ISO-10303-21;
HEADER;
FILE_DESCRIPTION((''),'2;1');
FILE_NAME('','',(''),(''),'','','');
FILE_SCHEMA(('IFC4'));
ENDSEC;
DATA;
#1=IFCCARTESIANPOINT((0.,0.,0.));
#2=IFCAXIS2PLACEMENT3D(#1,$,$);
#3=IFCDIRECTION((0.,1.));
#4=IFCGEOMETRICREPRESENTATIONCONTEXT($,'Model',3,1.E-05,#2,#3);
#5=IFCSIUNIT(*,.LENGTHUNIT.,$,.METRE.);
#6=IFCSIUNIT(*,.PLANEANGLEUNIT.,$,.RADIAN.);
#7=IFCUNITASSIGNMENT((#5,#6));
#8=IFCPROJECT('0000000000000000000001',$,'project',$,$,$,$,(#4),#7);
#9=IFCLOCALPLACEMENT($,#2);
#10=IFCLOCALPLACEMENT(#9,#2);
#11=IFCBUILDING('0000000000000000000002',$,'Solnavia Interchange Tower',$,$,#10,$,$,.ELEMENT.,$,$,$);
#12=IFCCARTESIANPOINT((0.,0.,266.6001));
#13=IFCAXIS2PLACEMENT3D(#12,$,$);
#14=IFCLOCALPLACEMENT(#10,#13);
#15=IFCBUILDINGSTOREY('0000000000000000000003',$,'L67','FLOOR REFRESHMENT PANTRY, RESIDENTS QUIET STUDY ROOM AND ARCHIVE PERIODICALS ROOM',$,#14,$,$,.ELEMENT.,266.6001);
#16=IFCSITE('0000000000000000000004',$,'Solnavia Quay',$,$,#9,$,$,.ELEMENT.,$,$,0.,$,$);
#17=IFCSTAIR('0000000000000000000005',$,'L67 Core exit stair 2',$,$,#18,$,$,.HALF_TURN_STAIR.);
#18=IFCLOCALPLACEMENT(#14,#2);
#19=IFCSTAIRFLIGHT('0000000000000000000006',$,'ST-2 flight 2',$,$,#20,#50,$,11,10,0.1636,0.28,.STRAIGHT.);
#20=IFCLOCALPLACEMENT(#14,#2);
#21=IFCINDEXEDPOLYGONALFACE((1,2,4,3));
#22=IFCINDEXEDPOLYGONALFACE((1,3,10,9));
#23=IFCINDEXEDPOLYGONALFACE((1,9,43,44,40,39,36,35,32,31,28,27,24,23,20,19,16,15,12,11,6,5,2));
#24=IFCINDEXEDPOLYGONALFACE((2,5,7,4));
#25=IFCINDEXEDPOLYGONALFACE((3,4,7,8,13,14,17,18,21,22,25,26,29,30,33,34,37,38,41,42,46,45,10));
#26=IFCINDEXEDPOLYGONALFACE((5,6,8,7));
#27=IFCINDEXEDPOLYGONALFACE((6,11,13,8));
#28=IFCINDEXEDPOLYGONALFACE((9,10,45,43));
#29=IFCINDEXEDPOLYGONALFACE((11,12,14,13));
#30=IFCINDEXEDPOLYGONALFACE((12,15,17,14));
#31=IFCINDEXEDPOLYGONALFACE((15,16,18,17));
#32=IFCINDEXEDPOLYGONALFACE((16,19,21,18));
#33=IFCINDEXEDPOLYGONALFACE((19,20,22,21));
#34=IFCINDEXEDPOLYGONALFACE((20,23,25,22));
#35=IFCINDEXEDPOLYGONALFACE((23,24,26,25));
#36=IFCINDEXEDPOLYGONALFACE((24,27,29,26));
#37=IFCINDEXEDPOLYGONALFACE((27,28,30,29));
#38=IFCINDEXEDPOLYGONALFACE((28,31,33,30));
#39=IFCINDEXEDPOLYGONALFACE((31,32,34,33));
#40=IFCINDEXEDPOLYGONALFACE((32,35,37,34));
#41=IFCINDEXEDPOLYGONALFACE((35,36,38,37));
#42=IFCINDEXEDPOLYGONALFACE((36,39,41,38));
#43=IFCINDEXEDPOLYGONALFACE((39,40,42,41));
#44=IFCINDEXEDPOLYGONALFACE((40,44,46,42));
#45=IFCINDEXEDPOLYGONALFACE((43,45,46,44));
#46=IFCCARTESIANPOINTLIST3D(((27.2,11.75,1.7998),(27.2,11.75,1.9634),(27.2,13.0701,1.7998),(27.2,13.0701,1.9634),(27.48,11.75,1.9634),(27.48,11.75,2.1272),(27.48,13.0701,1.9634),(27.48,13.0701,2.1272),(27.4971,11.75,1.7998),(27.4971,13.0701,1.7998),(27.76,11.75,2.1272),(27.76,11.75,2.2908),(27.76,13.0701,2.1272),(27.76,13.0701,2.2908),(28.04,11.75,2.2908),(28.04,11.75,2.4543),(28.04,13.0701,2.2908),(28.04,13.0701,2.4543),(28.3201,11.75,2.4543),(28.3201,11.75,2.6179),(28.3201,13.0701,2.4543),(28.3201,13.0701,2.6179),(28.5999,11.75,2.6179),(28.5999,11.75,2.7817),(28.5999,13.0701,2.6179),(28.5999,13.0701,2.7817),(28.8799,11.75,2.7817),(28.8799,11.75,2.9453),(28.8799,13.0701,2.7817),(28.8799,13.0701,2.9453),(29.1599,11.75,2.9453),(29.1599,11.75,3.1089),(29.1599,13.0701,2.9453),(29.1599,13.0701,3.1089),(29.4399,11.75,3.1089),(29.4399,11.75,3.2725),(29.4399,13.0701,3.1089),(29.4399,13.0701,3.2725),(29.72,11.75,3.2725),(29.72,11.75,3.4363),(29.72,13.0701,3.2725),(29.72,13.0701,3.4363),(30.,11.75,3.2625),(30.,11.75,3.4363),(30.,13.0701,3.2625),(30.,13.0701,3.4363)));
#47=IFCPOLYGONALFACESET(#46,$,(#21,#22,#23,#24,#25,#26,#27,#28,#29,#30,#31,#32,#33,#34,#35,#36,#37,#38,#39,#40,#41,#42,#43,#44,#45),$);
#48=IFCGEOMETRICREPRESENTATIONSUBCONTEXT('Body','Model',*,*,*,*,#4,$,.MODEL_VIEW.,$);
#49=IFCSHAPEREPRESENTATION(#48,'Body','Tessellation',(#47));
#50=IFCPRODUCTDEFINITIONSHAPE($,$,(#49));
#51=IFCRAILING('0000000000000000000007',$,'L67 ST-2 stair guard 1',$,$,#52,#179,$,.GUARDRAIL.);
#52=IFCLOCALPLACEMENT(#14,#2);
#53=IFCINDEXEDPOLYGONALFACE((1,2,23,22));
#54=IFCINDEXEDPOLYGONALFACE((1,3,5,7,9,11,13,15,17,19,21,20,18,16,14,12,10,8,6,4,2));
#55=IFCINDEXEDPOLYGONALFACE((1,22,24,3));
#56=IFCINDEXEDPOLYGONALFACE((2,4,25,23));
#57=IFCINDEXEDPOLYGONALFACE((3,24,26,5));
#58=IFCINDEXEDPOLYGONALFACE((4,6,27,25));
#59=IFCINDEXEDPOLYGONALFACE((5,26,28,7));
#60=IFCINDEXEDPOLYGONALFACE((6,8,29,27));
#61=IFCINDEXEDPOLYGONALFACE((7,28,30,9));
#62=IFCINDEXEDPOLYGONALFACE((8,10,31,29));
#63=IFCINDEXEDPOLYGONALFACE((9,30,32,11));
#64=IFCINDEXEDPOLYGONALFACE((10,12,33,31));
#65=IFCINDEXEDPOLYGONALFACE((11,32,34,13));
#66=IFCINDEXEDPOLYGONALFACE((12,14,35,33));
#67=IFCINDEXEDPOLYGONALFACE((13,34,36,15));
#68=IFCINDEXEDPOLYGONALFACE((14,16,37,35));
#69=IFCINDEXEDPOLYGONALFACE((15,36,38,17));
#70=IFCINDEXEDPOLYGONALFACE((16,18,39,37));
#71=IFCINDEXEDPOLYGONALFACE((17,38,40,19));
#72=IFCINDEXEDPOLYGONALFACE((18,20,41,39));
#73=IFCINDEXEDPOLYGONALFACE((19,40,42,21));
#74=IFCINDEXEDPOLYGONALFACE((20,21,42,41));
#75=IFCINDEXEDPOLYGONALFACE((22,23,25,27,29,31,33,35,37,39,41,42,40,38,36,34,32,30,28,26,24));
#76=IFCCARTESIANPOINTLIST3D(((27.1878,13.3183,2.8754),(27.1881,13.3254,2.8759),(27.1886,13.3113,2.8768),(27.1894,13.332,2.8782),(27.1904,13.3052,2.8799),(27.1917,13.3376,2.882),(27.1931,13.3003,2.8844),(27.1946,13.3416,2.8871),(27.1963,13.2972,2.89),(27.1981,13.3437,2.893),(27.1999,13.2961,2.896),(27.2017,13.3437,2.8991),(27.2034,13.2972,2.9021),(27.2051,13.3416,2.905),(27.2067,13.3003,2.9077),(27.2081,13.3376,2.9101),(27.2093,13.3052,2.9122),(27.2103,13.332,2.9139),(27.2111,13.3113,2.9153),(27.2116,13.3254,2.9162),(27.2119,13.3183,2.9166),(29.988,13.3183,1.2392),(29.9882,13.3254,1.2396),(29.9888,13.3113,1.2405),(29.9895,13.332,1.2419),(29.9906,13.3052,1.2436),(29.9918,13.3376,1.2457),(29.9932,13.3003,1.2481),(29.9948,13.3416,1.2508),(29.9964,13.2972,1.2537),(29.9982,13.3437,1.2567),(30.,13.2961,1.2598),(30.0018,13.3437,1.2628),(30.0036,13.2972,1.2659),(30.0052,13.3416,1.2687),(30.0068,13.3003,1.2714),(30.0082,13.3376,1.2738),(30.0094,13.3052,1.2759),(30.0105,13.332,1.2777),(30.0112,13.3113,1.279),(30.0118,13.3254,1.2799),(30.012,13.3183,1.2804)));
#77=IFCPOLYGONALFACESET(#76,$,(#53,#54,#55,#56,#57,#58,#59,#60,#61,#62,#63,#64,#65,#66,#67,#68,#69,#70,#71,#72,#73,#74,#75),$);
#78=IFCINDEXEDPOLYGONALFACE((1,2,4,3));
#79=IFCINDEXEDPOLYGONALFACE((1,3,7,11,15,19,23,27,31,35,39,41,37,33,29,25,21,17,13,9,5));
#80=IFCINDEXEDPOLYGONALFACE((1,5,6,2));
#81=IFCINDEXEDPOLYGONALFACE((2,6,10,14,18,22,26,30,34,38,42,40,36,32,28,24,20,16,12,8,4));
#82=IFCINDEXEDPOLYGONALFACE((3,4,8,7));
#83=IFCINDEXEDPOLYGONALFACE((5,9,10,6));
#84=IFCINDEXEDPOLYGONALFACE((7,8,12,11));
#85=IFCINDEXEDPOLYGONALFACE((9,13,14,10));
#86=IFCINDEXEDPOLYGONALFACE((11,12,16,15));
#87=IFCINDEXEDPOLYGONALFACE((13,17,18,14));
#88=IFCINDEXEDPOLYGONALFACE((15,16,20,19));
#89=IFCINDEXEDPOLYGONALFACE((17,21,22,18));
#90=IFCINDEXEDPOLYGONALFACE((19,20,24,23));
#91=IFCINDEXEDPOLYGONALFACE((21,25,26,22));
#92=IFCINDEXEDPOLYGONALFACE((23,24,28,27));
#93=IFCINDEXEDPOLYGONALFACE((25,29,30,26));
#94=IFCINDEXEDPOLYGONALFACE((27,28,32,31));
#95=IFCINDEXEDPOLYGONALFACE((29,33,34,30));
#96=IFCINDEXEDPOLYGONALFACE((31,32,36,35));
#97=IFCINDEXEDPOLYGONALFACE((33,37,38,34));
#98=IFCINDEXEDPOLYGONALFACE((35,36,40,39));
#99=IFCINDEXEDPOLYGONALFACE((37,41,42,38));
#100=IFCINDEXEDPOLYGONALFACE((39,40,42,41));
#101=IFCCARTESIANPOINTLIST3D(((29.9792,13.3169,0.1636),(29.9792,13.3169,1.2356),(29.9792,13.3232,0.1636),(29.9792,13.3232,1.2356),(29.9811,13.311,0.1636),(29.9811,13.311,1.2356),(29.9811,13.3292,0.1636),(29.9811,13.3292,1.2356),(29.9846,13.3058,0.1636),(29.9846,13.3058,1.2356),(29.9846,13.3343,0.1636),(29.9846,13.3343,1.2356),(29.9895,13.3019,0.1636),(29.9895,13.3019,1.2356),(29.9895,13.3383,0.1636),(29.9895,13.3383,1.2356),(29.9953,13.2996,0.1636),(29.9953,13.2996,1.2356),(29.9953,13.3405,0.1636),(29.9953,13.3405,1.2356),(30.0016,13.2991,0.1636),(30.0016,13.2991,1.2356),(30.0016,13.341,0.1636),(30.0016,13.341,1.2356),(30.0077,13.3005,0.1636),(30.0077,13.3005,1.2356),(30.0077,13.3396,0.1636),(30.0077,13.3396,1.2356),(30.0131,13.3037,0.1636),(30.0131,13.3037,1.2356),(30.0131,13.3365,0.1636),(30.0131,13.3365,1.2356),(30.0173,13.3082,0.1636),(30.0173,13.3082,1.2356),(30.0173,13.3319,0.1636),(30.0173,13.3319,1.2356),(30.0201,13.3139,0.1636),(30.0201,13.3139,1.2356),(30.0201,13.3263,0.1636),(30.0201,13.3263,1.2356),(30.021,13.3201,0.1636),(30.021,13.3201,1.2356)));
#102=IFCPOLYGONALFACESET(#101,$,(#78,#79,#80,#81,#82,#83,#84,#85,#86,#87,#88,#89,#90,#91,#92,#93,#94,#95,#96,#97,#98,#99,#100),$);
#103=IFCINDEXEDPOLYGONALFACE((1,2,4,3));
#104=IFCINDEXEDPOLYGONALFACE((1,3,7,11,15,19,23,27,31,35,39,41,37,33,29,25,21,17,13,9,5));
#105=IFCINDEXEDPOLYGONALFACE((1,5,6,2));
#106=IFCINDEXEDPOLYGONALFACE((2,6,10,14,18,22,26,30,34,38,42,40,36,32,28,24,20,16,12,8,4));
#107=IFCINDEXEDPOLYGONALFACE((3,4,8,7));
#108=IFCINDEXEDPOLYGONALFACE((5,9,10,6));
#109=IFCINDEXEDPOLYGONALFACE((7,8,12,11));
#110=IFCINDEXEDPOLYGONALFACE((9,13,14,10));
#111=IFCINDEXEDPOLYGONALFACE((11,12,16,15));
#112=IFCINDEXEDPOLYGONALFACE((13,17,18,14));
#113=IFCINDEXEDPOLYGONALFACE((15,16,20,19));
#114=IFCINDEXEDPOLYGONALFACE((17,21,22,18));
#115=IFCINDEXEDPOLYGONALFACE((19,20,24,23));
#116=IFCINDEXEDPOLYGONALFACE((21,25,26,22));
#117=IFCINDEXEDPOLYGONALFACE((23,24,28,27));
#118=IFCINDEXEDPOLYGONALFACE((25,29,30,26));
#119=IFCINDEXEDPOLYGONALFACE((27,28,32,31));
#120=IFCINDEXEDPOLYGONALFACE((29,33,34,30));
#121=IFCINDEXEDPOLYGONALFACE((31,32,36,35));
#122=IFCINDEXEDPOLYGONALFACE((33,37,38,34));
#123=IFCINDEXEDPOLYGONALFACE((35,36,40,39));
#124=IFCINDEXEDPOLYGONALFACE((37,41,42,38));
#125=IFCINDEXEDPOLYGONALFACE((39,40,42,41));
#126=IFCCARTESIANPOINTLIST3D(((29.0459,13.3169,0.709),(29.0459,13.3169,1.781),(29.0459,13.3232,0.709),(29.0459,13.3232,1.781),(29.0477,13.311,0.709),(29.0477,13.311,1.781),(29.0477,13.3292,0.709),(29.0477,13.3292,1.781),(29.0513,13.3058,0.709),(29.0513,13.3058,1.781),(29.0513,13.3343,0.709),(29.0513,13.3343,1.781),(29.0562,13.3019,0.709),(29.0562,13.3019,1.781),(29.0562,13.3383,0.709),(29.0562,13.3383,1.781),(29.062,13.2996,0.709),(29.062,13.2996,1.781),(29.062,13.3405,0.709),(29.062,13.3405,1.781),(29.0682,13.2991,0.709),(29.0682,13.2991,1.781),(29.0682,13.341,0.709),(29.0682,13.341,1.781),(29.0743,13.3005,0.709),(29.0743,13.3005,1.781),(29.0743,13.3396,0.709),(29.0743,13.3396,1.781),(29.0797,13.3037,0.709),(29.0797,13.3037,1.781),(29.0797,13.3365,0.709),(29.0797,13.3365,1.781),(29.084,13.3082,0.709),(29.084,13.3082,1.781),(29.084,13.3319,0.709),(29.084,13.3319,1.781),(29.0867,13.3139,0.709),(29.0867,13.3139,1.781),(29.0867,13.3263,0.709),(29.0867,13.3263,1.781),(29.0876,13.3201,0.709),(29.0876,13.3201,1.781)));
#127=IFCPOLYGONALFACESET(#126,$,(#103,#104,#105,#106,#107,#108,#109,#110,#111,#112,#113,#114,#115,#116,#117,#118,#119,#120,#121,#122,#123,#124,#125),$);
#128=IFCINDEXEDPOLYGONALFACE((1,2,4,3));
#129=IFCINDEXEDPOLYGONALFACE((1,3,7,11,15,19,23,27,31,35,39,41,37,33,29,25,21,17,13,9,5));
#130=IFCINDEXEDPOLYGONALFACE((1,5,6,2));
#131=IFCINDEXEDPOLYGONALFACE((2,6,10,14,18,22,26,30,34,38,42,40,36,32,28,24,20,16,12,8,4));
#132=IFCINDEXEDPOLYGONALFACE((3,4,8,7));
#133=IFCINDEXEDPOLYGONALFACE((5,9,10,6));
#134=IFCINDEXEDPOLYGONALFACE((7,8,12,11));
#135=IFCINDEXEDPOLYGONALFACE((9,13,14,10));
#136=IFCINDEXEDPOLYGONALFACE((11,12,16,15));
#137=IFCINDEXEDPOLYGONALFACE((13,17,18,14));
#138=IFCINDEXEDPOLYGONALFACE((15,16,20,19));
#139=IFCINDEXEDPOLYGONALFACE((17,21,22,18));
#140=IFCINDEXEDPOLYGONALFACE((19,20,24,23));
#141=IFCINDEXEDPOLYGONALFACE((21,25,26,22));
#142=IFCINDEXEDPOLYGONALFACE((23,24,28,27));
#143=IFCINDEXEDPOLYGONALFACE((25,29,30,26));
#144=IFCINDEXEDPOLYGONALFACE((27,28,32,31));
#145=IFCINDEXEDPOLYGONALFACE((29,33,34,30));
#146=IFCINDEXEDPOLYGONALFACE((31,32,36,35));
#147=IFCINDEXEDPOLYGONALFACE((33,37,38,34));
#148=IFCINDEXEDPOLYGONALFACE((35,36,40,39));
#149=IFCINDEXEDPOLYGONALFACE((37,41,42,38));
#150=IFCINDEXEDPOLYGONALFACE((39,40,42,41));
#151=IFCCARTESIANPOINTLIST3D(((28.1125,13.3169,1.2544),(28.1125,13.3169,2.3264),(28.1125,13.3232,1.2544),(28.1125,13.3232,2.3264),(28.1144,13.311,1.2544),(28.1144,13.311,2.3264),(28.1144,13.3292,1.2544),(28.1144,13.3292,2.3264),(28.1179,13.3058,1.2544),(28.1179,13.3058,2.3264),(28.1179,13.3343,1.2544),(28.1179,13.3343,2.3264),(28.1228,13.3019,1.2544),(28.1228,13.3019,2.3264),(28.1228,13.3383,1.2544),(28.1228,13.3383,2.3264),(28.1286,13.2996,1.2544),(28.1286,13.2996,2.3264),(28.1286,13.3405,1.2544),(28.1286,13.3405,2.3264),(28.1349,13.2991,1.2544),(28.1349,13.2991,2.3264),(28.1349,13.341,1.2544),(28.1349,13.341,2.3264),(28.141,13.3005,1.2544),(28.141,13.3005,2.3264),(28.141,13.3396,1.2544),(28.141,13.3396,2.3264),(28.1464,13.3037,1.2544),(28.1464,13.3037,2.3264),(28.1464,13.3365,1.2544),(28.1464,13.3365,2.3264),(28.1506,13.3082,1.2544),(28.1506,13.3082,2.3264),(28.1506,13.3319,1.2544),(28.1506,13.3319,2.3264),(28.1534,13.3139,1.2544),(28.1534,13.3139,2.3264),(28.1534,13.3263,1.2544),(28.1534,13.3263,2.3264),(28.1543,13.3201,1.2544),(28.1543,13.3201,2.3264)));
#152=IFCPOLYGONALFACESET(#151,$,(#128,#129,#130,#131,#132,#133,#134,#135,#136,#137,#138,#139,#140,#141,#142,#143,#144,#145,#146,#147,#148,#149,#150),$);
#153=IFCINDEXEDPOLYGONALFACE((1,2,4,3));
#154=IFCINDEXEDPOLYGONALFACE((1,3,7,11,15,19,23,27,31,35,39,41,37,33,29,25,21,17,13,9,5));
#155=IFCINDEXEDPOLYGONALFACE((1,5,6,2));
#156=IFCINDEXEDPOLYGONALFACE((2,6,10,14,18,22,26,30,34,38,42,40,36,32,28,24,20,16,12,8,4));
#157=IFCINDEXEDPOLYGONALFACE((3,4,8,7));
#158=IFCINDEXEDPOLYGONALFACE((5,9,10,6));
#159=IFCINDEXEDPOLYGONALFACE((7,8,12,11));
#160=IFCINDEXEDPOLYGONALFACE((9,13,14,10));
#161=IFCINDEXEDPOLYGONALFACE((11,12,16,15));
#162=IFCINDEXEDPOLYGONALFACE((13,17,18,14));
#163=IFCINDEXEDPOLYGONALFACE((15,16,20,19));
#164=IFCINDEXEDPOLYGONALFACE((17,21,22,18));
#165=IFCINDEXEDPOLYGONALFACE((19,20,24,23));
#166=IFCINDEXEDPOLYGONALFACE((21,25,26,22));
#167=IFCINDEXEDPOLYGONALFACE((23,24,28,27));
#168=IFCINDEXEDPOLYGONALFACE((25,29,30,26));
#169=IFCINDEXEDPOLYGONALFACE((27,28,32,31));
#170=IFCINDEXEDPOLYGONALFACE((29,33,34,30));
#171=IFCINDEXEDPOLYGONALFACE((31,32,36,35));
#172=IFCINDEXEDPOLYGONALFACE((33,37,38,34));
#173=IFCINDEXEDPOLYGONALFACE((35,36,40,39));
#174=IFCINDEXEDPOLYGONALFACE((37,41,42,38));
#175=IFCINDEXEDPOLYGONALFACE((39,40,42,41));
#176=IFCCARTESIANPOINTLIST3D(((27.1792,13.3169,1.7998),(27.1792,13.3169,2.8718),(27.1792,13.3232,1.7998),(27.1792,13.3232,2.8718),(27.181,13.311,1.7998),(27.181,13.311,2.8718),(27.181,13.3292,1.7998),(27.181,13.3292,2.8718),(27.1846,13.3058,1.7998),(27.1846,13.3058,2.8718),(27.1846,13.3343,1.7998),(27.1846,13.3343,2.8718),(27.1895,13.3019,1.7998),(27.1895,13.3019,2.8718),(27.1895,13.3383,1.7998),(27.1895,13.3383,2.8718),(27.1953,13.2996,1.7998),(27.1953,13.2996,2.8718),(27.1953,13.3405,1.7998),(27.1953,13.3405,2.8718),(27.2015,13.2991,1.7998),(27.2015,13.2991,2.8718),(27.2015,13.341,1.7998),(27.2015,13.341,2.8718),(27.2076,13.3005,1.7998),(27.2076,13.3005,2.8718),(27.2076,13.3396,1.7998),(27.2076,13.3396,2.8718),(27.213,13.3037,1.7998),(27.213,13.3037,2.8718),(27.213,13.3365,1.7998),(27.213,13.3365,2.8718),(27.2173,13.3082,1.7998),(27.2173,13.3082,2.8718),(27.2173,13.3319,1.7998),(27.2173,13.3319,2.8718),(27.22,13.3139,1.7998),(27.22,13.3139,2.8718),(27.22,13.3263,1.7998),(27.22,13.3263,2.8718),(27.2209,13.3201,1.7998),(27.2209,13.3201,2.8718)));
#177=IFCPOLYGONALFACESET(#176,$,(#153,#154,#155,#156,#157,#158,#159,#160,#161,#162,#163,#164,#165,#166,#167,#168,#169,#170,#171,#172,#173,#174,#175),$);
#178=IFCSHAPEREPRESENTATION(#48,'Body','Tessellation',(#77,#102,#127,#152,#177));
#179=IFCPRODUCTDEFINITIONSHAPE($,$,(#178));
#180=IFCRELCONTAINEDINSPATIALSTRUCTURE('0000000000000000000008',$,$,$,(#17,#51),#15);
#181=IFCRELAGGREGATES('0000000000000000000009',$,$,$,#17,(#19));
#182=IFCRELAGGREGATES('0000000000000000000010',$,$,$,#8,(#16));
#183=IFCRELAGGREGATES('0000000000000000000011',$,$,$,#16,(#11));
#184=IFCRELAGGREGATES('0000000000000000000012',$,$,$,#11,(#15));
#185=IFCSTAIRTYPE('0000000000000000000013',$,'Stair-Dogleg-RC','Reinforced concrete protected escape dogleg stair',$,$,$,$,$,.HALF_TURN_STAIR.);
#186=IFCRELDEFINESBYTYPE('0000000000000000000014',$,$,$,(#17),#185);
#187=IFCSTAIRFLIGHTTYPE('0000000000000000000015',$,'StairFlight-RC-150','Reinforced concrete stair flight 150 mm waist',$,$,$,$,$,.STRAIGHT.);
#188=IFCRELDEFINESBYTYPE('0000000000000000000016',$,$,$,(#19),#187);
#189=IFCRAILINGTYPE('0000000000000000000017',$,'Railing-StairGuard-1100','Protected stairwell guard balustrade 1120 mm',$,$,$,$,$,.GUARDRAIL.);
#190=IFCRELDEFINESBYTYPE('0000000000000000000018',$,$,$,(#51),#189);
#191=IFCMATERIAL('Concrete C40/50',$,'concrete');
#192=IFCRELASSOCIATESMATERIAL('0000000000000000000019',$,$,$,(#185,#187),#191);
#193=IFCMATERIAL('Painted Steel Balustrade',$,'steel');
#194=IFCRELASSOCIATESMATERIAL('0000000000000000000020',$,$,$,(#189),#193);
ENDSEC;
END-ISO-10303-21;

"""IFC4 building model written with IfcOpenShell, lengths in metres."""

from ifc_helpers import new_model, si_unit, direction, frame, origin, origin_2d, place, context, subcontext, project, spatial, polyline, circle, outline, extrude, material, type_object, element, aggregate, save


model = new_model("IFC4")

# Units and contexts
model_context = context("Model", 3, precision=1e-05, world=origin(), true_north=direction((0.0, 1.0)))
body_context = subcontext(model_context, "Body", "Model", "MODEL_VIEW")
ifc_project = project(units=[si_unit("LENGTHUNIT", "METRE"), si_unit("PLANEANGLEUNIT", "RADIAN")], contexts=[model_context])

# Site, building, storey
site_placement = place(None, origin())
site = spatial("IfcSite", under=ifc_project, at=site_placement, Name="Solnavia Quay", CompositionType="ELEMENT", RefElevation=0.0)
building_placement = place(site_placement, origin())
building = spatial("IfcBuilding", under=site, at=building_placement, Name="Solnavia Interchange Tower", CompositionType="ELEMENT")
storey_placement = place(building_placement, frame((0.0, 0.0, 266.6001)))
storey = spatial("IfcBuildingStorey", under=building, at=storey_placement, Name="L67", Description="FLOOR REFRESHMENT PANTRY, RESIDENTS QUIET STUDY ROOM AND ARCHIVE PERIODICALS ROOM", CompositionType="ELEMENT", Elevation=266.6001)

# Shared definitions
ifc_material_1 = material(Name="Concrete C40/50", Category="concrete")

# Stair, stair flight
stair_type = type_object("IfcStairType", Name="Stair-Dogleg-RC", Description="Reinforced concrete protected escape dogleg stair", PredefinedType="HALF_TURN_STAIR", material=ifc_material_1)
stair_placement = place(storey_placement, origin())
stair = element("IfcStair", 1, at=stair_placement, inside=storey, type_object=stair_type, Name="L67 Core exit stair 2", PredefinedType="HALF_TURN_STAIR")
stair_flight_type = type_object("IfcStairFlightType", Name="StairFlight-RC-150", Description="Reinforced concrete stair flight 150 mm waist", PredefinedType="STRAIGHT", material=ifc_material_1)
stair_flight_1_placement = place(storey_placement, frame((27.2, 12.4099, 1.7998), z_axis=(0.0, 0.0, 1.0), x_axis=(1.0, 0.0, 0.0)))
stair_flight_1 = element("IfcStairFlight", 2, at=stair_flight_1_placement, type_object=stair_flight_type, Name="ST-2 flight 2", NumberOfRisers=11, NumberOfTreads=10, PredefinedType="STRAIGHT", RiserHeight=0.1636, TreadLength=0.28, context=body_context, shape_type="SweptSolid", body=[
    extrude(outline(polyline([(0.0, 0.0), (0.0, 0.1636), (0.28, 0.1636), (0.28, 0.3274), (0.5601, 0.3274), (0.5601, 0.491), (0.8401, 0.491), (0.8401, 0.6545), (1.1201, 0.6545), (1.1201, 0.8181), (1.3999, 0.8181), (1.3999, 0.9819), (1.6799, 0.9819), (1.6799, 1.1455), (1.96, 1.1455), (1.96, 1.3091), (2.24, 1.3091), (2.24, 1.4727), (2.52, 1.4727), (2.52, 1.6365), (2.8, 1.6365), (2.8, 1.8), (2.8, 1.4626), (0.2971, 0.0), (0.0, 0.0)])), frame((0.0, 0.6602, 0.0), z_axis=(0.0, -1.0, 0.0), x_axis=(1.0, 0.0, 0.0)), (0.0, 0.0, 1.0), 1.3201),
])
aggregate(stair, [stair_flight_1])

# Railing
ifc_material_2 = material(Name="Painted Steel Balustrade", Category="steel")
railing_type_1 = type_object("IfcRailingType", Name="Railing-StairGuard-1100", Description="Protected stairwell guard balustrade 1120 mm", PredefinedType="GUARDRAIL", material=ifc_material_2)
railing_1_placement = place(storey_placement, frame((30.0, 13.3201, 0.1636)))
element("IfcRailing", 3, at=railing_1_placement, inside=storey, type_object=railing_type_1, Name="L67 ST-2 stair guard 1", PredefinedType="GUARDRAIL", context=body_context, shape_type="SweptSolid", body=[
    extrude(circle(Radius=0.0239, at=origin_2d()), frame((0.0, 0.0, 1.0962), z_axis=(-0.863394, 0.0, 0.504531), x_axis=(0.0, -1.0, 0.0)), (0.0, 0.0, 1.0), 3.2432),
    extrude(circle(Radius=0.021, at=origin_2d()), origin(), (0.0, 0.0, 1.0), 1.072),
    extrude(circle(Radius=0.021, at=origin_2d()), frame((-0.9333, 0.0, 0.5454)), (0.0, 0.0, 1.0), 1.072),
    extrude(circle(Radius=0.021, at=origin_2d()), frame((-1.8667, 0.0, 1.0908)), (0.0, 0.0, 1.0), 1.072),
    extrude(circle(Radius=0.021, at=origin_2d()), frame((-2.8, 0.0, 1.6362)), (0.0, 0.0, 1.0), 1.072),
])

save(model, "model.ifc")
